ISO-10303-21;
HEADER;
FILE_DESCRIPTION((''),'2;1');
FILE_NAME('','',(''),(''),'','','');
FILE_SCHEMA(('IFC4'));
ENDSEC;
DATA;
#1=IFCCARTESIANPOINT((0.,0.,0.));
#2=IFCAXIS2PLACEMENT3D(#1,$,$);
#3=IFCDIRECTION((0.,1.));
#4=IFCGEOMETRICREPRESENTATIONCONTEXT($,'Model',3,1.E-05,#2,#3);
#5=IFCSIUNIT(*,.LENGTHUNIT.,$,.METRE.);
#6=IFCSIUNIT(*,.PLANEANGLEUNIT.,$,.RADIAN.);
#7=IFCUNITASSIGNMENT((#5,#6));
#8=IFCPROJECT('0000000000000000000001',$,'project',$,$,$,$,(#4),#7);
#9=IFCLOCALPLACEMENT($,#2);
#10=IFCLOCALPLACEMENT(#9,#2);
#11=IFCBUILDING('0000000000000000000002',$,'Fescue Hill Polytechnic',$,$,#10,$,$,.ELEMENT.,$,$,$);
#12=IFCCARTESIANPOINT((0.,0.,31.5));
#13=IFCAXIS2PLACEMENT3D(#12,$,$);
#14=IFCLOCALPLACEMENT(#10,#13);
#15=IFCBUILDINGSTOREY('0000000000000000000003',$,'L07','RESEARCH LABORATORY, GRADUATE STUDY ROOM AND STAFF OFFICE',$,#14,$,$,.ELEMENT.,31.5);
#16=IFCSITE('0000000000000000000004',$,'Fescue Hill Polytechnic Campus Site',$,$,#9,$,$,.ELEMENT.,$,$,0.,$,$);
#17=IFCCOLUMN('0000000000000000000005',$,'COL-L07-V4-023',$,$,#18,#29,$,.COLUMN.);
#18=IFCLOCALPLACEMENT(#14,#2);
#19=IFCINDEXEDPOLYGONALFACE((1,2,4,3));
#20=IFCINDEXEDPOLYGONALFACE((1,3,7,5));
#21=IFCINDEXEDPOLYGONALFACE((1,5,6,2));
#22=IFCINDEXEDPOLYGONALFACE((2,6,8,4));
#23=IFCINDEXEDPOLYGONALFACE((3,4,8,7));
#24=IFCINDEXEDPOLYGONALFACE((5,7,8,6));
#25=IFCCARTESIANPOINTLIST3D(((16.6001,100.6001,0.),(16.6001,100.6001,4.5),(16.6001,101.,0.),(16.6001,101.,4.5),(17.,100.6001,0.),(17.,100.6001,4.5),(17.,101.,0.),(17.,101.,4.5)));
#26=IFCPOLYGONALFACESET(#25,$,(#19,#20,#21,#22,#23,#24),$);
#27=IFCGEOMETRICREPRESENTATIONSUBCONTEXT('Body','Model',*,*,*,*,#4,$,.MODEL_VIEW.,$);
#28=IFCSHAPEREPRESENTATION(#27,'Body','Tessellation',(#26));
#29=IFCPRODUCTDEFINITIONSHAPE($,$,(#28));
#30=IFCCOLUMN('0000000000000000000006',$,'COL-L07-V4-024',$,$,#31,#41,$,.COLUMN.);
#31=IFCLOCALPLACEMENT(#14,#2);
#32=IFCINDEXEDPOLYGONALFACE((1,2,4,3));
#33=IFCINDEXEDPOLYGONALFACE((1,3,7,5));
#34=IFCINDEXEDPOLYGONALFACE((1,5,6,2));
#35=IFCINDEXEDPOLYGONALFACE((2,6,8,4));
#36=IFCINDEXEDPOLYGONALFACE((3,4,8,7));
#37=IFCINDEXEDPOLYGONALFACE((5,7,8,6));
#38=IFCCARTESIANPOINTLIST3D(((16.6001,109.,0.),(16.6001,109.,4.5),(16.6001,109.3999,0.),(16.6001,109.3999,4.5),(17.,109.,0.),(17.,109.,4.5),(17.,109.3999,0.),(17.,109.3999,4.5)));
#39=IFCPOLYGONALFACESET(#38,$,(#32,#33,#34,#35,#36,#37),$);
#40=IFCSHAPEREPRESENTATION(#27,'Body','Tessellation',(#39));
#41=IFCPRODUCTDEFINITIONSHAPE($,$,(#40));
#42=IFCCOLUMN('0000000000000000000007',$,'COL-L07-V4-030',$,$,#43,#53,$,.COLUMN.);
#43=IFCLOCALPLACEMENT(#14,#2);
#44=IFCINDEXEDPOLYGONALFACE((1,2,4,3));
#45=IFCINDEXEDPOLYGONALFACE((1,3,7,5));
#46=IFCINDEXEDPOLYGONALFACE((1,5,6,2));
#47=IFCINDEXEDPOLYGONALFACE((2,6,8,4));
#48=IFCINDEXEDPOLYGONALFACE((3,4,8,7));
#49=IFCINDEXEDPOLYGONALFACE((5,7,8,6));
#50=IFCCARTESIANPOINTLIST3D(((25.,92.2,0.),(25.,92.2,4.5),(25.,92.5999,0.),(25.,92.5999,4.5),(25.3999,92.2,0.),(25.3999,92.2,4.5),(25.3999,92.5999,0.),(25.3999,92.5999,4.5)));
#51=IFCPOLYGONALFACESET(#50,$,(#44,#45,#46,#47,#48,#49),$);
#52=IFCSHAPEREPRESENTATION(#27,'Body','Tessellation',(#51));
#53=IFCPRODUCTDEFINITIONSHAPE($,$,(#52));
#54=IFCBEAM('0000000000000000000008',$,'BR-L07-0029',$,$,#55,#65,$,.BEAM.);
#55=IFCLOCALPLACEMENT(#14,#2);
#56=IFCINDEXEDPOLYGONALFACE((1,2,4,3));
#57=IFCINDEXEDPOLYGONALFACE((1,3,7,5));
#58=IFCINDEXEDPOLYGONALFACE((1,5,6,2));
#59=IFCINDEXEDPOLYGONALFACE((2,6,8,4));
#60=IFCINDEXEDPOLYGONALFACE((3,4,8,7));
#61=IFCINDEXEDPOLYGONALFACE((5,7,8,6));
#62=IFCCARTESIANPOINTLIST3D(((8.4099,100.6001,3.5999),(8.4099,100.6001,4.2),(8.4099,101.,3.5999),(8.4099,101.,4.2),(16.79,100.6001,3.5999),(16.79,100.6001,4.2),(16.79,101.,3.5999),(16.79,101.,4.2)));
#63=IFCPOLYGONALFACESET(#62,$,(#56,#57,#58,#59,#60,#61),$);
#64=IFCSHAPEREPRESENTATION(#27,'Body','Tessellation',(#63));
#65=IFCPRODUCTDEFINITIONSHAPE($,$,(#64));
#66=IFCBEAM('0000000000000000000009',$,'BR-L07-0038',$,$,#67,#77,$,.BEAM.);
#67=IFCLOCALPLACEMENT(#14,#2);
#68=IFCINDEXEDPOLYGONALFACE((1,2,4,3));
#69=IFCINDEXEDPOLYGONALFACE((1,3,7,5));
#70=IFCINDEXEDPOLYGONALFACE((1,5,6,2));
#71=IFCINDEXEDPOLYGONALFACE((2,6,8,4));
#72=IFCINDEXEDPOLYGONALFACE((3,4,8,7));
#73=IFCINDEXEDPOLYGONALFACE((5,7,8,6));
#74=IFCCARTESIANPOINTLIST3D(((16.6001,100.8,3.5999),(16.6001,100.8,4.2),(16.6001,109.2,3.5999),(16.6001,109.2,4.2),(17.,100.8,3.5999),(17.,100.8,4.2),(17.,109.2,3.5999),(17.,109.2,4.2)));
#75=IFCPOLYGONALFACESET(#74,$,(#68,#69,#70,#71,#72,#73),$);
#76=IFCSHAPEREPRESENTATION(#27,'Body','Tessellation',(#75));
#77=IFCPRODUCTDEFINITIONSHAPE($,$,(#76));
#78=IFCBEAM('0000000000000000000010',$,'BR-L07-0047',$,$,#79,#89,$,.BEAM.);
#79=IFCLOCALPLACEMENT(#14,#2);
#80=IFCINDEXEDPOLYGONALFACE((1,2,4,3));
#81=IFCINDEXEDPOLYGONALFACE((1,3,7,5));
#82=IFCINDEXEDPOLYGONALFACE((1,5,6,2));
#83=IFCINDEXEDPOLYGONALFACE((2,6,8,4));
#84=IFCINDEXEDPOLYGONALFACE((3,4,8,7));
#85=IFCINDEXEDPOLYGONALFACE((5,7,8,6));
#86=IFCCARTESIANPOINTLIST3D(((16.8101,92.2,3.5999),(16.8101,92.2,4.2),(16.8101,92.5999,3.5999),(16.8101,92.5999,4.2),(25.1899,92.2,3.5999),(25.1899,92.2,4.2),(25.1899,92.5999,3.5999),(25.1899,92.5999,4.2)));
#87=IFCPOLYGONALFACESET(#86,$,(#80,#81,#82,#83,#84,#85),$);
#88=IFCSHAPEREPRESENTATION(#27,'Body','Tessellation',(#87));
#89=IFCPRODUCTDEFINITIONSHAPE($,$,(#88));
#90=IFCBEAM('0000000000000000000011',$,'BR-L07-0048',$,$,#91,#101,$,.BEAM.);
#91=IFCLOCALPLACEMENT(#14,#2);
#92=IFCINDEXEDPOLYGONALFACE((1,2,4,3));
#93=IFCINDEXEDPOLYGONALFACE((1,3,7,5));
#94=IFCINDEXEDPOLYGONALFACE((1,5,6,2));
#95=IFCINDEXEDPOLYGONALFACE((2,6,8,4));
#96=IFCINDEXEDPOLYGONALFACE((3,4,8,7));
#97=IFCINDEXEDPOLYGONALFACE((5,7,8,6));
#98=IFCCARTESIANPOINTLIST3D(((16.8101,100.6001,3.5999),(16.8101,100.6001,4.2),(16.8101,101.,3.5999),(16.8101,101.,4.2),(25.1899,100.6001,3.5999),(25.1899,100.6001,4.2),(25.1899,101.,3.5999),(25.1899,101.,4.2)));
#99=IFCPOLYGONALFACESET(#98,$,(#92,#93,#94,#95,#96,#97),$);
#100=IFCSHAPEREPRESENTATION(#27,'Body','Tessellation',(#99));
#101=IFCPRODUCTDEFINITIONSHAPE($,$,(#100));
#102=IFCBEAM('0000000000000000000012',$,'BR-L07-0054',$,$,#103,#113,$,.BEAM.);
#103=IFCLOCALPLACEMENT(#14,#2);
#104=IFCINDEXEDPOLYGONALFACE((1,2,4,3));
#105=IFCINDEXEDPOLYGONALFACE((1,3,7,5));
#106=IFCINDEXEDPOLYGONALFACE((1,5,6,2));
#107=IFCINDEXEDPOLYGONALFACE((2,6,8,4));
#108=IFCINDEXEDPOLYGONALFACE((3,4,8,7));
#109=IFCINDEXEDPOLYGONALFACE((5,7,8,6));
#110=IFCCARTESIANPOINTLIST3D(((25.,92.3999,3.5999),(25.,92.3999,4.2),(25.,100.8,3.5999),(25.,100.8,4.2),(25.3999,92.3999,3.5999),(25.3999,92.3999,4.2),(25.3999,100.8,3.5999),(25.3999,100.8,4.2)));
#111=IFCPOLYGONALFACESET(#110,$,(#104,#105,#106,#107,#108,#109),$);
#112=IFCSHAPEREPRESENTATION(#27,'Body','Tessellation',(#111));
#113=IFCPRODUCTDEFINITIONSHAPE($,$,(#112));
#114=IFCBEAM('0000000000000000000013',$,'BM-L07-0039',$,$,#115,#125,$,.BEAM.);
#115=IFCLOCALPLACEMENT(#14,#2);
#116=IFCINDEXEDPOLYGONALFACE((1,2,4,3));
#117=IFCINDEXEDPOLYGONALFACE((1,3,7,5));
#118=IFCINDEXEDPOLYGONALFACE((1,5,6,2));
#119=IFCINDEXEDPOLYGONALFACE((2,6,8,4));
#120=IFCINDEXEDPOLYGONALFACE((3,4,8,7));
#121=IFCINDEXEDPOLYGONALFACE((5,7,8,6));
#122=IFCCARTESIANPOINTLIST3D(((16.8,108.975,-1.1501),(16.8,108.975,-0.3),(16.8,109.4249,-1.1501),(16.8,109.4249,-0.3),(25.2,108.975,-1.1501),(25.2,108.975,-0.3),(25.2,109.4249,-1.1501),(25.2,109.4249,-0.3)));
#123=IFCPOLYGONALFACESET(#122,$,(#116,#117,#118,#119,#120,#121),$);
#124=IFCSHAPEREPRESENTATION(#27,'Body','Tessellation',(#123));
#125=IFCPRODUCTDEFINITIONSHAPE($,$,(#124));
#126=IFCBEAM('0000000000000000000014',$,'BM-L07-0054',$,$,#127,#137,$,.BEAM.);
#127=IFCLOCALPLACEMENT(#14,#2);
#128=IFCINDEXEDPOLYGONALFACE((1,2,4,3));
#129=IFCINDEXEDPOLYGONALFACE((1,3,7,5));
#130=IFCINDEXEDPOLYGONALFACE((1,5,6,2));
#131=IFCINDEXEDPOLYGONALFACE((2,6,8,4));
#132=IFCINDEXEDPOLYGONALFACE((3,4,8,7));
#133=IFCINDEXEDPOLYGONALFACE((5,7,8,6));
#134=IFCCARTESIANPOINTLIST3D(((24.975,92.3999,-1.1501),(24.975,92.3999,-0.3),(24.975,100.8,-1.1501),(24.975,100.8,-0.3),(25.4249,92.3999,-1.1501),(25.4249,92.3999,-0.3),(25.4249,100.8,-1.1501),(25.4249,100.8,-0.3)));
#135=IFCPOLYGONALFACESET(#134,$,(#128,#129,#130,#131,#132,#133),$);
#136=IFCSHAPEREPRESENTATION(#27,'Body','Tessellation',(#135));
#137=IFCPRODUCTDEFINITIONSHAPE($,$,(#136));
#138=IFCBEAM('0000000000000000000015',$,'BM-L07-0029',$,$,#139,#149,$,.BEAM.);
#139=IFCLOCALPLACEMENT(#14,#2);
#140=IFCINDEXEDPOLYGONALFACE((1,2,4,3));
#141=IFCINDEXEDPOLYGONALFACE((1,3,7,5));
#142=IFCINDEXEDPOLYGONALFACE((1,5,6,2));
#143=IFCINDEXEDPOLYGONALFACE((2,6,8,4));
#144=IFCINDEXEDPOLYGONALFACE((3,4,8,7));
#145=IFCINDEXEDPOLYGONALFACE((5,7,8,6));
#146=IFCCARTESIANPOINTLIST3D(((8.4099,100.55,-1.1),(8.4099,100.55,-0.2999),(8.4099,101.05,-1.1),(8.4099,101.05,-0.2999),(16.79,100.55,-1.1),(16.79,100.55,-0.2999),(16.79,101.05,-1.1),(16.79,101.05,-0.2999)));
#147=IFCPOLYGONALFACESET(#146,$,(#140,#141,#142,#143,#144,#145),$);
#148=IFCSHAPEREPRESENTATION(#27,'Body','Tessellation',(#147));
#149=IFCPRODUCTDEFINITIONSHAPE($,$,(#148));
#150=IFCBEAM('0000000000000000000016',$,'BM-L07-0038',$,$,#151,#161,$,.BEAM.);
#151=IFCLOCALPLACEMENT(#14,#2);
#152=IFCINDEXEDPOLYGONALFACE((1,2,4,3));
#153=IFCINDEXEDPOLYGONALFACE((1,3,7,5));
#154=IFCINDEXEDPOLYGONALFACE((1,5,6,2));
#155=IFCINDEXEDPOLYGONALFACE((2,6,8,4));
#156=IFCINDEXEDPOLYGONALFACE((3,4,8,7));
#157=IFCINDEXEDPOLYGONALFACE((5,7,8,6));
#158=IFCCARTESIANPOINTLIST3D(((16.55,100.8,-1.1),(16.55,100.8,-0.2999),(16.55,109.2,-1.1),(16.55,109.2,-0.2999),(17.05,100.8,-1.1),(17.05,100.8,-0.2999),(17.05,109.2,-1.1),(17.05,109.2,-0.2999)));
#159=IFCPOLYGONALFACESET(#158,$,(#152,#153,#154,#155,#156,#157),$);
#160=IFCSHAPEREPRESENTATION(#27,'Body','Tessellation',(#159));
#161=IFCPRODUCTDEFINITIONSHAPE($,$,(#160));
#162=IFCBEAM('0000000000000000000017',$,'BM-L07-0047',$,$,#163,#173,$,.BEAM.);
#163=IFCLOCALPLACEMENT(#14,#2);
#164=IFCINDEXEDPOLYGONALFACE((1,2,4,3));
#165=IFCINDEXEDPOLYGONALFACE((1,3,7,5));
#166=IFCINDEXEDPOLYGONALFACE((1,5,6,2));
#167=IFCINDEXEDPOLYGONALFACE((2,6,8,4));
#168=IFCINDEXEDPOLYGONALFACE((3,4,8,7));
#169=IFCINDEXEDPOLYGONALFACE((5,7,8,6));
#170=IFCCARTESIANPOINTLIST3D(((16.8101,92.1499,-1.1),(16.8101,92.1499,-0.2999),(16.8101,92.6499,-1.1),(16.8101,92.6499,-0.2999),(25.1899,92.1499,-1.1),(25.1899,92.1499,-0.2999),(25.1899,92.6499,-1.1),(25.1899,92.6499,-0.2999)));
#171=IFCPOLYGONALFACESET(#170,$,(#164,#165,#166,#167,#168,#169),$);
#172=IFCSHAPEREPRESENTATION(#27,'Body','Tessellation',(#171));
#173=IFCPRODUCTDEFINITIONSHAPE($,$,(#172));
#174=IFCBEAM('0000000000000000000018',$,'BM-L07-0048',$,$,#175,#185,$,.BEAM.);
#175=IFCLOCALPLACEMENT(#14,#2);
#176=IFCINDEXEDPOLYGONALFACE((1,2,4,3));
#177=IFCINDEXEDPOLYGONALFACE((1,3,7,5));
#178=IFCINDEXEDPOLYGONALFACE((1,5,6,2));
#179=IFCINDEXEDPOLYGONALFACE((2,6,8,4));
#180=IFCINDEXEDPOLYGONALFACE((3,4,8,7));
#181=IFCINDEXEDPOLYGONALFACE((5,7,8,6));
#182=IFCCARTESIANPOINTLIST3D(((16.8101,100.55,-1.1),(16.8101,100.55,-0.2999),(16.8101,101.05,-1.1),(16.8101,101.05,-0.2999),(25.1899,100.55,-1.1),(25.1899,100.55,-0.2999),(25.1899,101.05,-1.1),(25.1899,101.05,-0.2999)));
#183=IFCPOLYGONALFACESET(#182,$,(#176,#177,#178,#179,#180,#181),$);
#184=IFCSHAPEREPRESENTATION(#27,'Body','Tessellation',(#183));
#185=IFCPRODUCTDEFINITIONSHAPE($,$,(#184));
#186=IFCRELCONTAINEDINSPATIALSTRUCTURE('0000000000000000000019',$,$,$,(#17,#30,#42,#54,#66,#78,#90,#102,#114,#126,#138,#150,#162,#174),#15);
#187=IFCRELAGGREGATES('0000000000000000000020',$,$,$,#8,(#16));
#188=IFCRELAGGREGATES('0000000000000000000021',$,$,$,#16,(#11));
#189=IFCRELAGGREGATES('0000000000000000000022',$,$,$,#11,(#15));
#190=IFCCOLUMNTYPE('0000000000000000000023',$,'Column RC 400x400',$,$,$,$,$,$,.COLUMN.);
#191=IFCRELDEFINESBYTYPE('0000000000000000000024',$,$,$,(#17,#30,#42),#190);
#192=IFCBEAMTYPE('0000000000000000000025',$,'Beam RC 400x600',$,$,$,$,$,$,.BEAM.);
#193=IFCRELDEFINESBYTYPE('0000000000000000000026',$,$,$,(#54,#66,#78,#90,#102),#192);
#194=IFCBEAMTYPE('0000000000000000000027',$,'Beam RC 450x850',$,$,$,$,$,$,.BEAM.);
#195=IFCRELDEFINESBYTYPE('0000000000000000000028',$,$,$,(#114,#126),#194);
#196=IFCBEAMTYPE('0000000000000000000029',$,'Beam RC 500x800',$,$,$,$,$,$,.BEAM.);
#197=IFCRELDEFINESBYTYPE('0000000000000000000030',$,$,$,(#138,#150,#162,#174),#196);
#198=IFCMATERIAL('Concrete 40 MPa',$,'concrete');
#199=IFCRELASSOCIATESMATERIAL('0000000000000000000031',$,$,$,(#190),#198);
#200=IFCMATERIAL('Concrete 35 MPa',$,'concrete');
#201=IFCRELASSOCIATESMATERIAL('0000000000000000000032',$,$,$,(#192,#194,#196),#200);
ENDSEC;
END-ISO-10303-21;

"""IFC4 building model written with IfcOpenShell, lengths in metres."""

from ifc_helpers import new_model, si_unit, direction, frame, origin, origin_2d, place, context, subcontext, project, spatial, rectangle, extrude, material, material_profile, profile_set, type_object, element, save


model = new_model("IFC4")

# Units and contexts
model_context = context("Model", 3, precision=1e-05, world=origin(), true_north=direction((0.0, 1.0)))
body_context = subcontext(model_context, "Body", "Model", "MODEL_VIEW")
ifc_project = project(units=[si_unit("LENGTHUNIT", "METRE"), si_unit("PLANEANGLEUNIT", "RADIAN")], contexts=[model_context])

# Site, building, storey
site_placement = place(None, origin())
site = spatial("IfcSite", under=ifc_project, at=site_placement, Name="Fescue Hill Polytechnic Campus Site", CompositionType="ELEMENT", RefElevation=0.0)
building_placement = place(site_placement, origin())
building = spatial("IfcBuilding", under=site, at=building_placement, Name="Fescue Hill Polytechnic", CompositionType="ELEMENT")
storey_placement = place(building_placement, frame((0.0, 0.0, 31.5)))
storey = spatial("IfcBuildingStorey", under=building, at=storey_placement, Name="L07", Description="RESEARCH LABORATORY, GRADUATE STUDY ROOM AND STAFF OFFICE", CompositionType="ELEMENT", Elevation=31.5)

# Columns
ifc_material_1 = material(Name="Concrete 40 MPa", Category="concrete")
ifc_material_profile_1 = material_profile(ifc_material_1, rectangle(XDim=0.3999, YDim=0.3999, at=origin_2d()), Name="RC 400x400")
ifc_profile_set_1 = profile_set([ifc_material_profile_1], Name="Concrete 40 MPa")
column_type = type_object("IfcColumnType", Name="Column RC 400x400", PredefinedType="COLUMN", material=ifc_profile_set_1)
for number, where, z_axis, x_axis, name in (
    (1, (16.8, 100.8, 0.0), (0.0, 0.0, 1.0), (1.0, 0.0, 0.0), "COL-L07-V4-023"),
    (2, (16.8, 109.2, 0.0), (0.0, 0.0, 1.0), (1.0, 0.0, 0.0), "COL-L07-V4-024"),
    (3, (25.2, 92.3999, 0.0), (0.0, 0.0, 1.0), (1.0, 0.0, 0.0), "COL-L07-V4-030"),
):
    element("IfcColumn", number, at=place(storey_placement, frame(where, z_axis=z_axis, x_axis=x_axis)), inside=storey, type_object=column_type, Name=name, PredefinedType="COLUMN", context=body_context, shape_type="SweptSolid", body=[
        extrude(rectangle(XDim=0.3999, YDim=0.3999, at=origin_2d()), origin(), (0.0, 0.0, 1.0), 4.5),
    ])

# Beams
ifc_material_2 = material(Name="Concrete 35 MPa", Category="concrete")
ifc_material_profile_2 = material_profile(ifc_material_2, rectangle(XDim=0.3999, YDim=0.6001, at=origin_2d()), Name="RC 400x600")
ifc_profile_set_2 = profile_set([ifc_material_profile_2], Name="Concrete 35 MPa")
beam_type_1 = type_object("IfcBeamType", Name="Beam RC 400x600", PredefinedType="BEAM", material=ifc_profile_set_2)
beam_1_placement = place(storey_placement, frame((8.4099, 100.8, 3.8999), z_axis=(1.0, 0.0, 0.0), x_axis=(0.0, 1.0, 0.0)))
element("IfcBeam", 4, at=beam_1_placement, inside=storey, type_object=beam_type_1, Name="BR-L07-0029", PredefinedType="BEAM", context=body_context, shape_type="SweptSolid", body=[
    extrude(rectangle(XDim=0.3999, YDim=0.6001, at=origin_2d()), origin(), (0.0, 0.0, 1.0), 8.3801),
])
beam_2_placement = place(storey_placement, frame((16.8, 100.8, 3.8999), z_axis=(0.0, 1.0, 0.0), x_axis=(-1.0, 0.0, 0.0)))
element("IfcBeam", 5, at=beam_2_placement, inside=storey, type_object=beam_type_1, Name="BR-L07-0038", PredefinedType="BEAM", context=body_context, shape_type="SweptSolid", body=[
    extrude(rectangle(XDim=0.3999, YDim=0.6001, at=origin_2d()), origin(), (0.0, 0.0, 1.0), 8.3999),
])
for number, where, z_axis, x_axis, name in (
    (6, (16.8101, 92.3999, 3.8999), (1.0, 0.0, 0.0), (0.0, 1.0, 0.0), "BR-L07-0047"),
    (7, (16.8101, 100.8, 3.8999), (1.0, 0.0, 0.0), (0.0, 1.0, 0.0), "BR-L07-0048"),
):
    element("IfcBeam", number, at=place(storey_placement, frame(where, z_axis=z_axis, x_axis=x_axis)), inside=storey, type_object=beam_type_1, Name=name, PredefinedType="BEAM", context=body_context, shape_type="SweptSolid", body=[
        extrude(rectangle(XDim=0.3999, YDim=0.6001, at=origin_2d()), origin(), (0.0, 0.0, 1.0), 8.3799),
    ])
beam_3_placement = place(storey_placement, frame((25.2, 92.3999, 3.8999), z_axis=(0.0, 1.0, 0.0), x_axis=(-1.0, 0.0, 0.0)))
element("IfcBeam", 8, at=beam_3_placement, inside=storey, type_object=beam_type_1, Name="BR-L07-0054", PredefinedType="BEAM", context=body_context, shape_type="SweptSolid", body=[
    extrude(rectangle(XDim=0.3999, YDim=0.6001, at=origin_2d()), origin(), (0.0, 0.0, 1.0), 8.4001),
])
ifc_material_profile_3 = material_profile(ifc_material_2, rectangle(XDim=0.45, YDim=0.8501, at=origin_2d()), Name="RC 450x850")
ifc_profile_set_3 = profile_set([ifc_material_profile_3], Name="Concrete 35 MPa")
beam_type_2 = type_object("IfcBeamType", Name="Beam RC 450x850", PredefinedType="BEAM", material=ifc_profile_set_3)
beam_4_placement = place(storey_placement, frame((16.8, 109.2, -0.7251), z_axis=(1.0, 0.0, 0.0), x_axis=(0.0, 1.0, 0.0)))
element("IfcBeam", 9, at=beam_4_placement, inside=storey, type_object=beam_type_2, Name="BM-L07-0039", PredefinedType="BEAM", context=body_context, shape_type="SweptSolid", body=[
    extrude(rectangle(XDim=0.45, YDim=0.8501, at=origin_2d()), origin(), (0.0, 0.0, 1.0), 8.3999),
])
beam_5_placement = place(storey_placement, frame((25.2, 92.3999, -0.7251), z_axis=(0.0, 1.0, 0.0), x_axis=(-1.0, 0.0, 0.0)))
element("IfcBeam", 10, at=beam_5_placement, inside=storey, type_object=beam_type_2, Name="BM-L07-0054", PredefinedType="BEAM", context=body_context, shape_type="SweptSolid", body=[
    extrude(rectangle(XDim=0.45, YDim=0.8501, at=origin_2d()), origin(), (0.0, 0.0, 1.0), 8.4001),
])
ifc_material_profile_4 = material_profile(ifc_material_2, rectangle(XDim=0.5, YDim=0.8, at=origin_2d()), Name="RC 500x800")
ifc_profile_set_4 = profile_set([ifc_material_profile_4], Name="Concrete 35 MPa")
beam_type_3 = type_object("IfcBeamType", Name="Beam RC 500x800", PredefinedType="BEAM", material=ifc_profile_set_4)
beam_6_placement = place(storey_placement, frame((8.4099, 100.8, -0.7), z_axis=(1.0, 0.0, 0.0), x_axis=(0.0, 1.0, 0.0)))
element("IfcBeam", 11, at=beam_6_placement, inside=storey, type_object=beam_type_3, Name="BM-L07-0029", PredefinedType="BEAM", context=body_context, shape_type="SweptSolid", body=[
    extrude(rectangle(XDim=0.5, YDim=0.8, at=origin_2d()), origin(), (0.0, 0.0, 1.0), 8.3801),
])
beam_7_placement = place(storey_placement, frame((16.8, 100.8, -0.7), z_axis=(0.0, 1.0, 0.0), x_axis=(-1.0, 0.0, 0.0)))
element("IfcBeam", 12, at=beam_7_placement, inside=storey, type_object=beam_type_3, Name="BM-L07-0038", PredefinedType="BEAM", context=body_context, shape_type="SweptSolid", body=[
    extrude(rectangle(XDim=0.5, YDim=0.8, at=origin_2d()), origin(), (0.0, 0.0, 1.0), 8.3999),
])
for number, where, z_axis, x_axis, name in (
    (13, (16.8101, 92.3999, -0.7), (1.0, 0.0, 0.0), (0.0, 1.0, 0.0), "BM-L07-0047"),
    (14, (16.8101, 100.8, -0.7), (1.0, 0.0, 0.0), (0.0, 1.0, 0.0), "BM-L07-0048"),
):
    element("IfcBeam", number, at=place(storey_placement, frame(where, z_axis=z_axis, x_axis=x_axis)), inside=storey, type_object=beam_type_3, Name=name, PredefinedType="BEAM", context=body_context, shape_type="SweptSolid", body=[
        extrude(rectangle(XDim=0.5, YDim=0.8, at=origin_2d()), origin(), (0.0, 0.0, 1.0), 8.3799),
    ])

save(model, "model.ifc")
